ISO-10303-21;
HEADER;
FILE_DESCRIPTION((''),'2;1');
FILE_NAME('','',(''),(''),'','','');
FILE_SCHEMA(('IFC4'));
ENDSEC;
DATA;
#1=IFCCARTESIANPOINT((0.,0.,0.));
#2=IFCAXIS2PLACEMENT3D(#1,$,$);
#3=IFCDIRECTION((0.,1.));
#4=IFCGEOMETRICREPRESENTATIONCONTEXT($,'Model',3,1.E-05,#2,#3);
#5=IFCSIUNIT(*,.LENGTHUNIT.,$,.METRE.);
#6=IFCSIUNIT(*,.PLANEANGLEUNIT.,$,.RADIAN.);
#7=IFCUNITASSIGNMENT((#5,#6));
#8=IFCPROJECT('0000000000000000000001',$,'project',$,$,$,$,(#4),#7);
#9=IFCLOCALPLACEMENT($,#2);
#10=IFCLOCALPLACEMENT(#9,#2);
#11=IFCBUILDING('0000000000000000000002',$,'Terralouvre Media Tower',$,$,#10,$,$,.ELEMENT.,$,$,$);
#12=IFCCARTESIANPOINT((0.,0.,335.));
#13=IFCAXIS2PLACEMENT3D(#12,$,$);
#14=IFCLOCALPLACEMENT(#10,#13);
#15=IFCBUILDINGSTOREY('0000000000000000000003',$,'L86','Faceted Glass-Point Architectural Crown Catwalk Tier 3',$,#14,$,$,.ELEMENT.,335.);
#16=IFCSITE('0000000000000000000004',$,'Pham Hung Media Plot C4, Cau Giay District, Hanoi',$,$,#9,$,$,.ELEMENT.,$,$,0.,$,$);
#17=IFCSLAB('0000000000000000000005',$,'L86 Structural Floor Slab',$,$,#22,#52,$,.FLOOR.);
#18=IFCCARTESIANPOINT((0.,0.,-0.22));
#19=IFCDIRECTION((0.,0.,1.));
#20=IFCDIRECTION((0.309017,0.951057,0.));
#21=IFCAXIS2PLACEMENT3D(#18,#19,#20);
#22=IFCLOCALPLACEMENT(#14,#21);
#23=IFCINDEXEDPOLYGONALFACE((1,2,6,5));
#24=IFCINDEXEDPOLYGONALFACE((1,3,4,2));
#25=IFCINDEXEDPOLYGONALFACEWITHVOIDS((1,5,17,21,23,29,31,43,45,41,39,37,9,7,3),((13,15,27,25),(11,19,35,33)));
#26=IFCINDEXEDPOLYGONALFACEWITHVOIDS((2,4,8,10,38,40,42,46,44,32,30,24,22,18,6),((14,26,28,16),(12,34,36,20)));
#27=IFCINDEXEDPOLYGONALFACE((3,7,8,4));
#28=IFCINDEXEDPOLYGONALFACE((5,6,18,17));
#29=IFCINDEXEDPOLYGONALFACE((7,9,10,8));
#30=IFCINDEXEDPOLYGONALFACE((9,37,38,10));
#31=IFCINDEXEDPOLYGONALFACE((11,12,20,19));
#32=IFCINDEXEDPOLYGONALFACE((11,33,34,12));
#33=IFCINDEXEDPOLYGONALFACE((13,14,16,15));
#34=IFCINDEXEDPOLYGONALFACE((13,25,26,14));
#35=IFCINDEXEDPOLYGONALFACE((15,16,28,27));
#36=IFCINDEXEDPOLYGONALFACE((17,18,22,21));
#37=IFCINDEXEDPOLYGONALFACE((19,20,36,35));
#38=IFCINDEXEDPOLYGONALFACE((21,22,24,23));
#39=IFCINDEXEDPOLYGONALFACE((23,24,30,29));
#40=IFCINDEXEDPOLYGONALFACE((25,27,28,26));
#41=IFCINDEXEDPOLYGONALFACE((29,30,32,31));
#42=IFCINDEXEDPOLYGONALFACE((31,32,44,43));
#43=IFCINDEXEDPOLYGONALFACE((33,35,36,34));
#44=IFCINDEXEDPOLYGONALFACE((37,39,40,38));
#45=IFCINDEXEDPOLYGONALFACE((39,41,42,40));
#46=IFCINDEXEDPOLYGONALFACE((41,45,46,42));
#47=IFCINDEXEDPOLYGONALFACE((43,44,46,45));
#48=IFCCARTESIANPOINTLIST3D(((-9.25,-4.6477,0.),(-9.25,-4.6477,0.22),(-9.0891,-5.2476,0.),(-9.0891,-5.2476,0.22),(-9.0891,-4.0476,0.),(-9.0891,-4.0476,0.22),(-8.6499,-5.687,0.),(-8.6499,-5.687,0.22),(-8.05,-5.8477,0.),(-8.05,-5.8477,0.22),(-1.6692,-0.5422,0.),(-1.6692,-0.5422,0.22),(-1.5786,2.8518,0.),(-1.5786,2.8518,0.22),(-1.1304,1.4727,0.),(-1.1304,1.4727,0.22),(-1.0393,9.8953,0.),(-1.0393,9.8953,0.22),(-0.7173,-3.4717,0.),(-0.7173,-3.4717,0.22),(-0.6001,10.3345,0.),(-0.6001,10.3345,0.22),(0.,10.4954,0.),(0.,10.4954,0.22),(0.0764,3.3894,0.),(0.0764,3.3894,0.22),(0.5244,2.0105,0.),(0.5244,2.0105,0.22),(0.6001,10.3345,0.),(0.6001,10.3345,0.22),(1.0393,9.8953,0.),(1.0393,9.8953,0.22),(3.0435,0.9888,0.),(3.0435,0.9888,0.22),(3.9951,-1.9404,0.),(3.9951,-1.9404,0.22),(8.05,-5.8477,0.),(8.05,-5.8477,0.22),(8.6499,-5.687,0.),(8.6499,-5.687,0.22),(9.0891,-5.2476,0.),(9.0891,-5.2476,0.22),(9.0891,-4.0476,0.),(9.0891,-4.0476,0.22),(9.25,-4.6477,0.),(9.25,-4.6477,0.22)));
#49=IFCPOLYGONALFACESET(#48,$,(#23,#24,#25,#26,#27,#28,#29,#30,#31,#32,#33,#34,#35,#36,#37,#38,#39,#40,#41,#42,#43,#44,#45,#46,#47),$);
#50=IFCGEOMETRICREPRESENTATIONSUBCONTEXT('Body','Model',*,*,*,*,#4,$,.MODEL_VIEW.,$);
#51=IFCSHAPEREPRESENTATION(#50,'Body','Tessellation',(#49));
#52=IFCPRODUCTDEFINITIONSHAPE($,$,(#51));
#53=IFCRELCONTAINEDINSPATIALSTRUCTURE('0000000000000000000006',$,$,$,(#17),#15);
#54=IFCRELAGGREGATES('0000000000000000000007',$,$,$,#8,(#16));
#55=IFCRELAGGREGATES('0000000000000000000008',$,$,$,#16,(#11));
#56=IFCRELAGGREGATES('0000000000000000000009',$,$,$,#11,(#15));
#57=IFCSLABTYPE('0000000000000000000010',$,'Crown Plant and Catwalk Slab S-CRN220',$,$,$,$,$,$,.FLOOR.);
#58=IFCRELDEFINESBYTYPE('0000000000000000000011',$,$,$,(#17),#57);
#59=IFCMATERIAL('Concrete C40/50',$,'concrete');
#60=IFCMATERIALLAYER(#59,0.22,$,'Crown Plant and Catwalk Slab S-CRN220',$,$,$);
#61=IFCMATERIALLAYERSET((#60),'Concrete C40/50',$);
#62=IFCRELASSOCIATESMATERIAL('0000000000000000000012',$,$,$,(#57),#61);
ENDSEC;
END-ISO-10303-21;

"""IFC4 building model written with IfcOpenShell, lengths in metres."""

from ifc_helpers import new_model, si_unit, direction, frame, origin, place, context, subcontext, project, spatial, polyline, outline, extrude, material, layer, layer_set, type_object, element, save


model = new_model("IFC4")

# Units and contexts
model_context = context("Model", 3, precision=1e-05, world=origin(), true_north=direction((0.0, 1.0)))
body_context = subcontext(model_context, "Body", "Model", "MODEL_VIEW")
ifc_project = project(units=[si_unit("LENGTHUNIT", "METRE"), si_unit("PLANEANGLEUNIT", "RADIAN")], contexts=[model_context])

# Site, building, storey
site_placement = place(None, origin())
site = spatial("IfcSite", under=ifc_project, at=site_placement, Name="Pham Hung Media Plot C4, Cau Giay District, Hanoi", CompositionType="ELEMENT", RefElevation=0.0)
building_placement = place(site_placement, origin())
building = spatial("IfcBuilding", under=site, at=building_placement, Name="Terralouvre Media Tower", CompositionType="ELEMENT")
storey_placement = place(building_placement, frame((0.0, 0.0, 335.0)))
storey = spatial("IfcBuildingStorey", under=building, at=storey_placement, Name="L86", Description="Faceted Glass-Point Architectural Crown Catwalk Tier 3", CompositionType="ELEMENT", Elevation=335.0)

# Slab
ifc_material_1 = material(Name="Concrete C40/50", Category="concrete")
ifc_layer_1 = layer(ifc_material_1, 0.22, Name="Crown Plant and Catwalk Slab S-CRN220")
ifc_layer_set_1 = layer_set([ifc_layer_1], Name="Concrete C40/50")
slab_type_1 = type_object("IfcSlabType", Name="Crown Plant and Catwalk Slab S-CRN220", PredefinedType="FLOOR", material=ifc_layer_set_1)
slab_1_placement = place(storey_placement, frame((0.0, 0.0, -0.22), z_axis=(0.0, 0.0, 1.0), x_axis=(0.309017, 0.951057, 0.0)))
element("IfcSlab", 1, at=slab_1_placement, inside=storey, type_object=slab_type_1, Name="L86 Structural Floor Slab", PredefinedType="FLOOR", context=body_context, shape_type="SweptSolid", body=[
    extrude(outline(polyline([(-9.0891, -4.0476), (-9.25, -4.6477), (-9.0891, -5.2476), (-8.6499, -5.687), (-8.05, -5.8477), (8.05, -5.8477), (8.6499, -5.687), (9.0891, -5.2476), (9.25, -4.6477), (9.0891, -4.0476), (1.0393, 9.8953), (0.6001, 10.3345), (0.0, 10.4954), (-0.6001, 10.3345), (-1.0393, 9.8953), (-9.0891, -4.0476)]), holes=[polyline([(-1.5786, 2.8518), (0.0764, 3.3894), (0.5244, 2.0105), (-1.1304, 1.4727), (-1.5786, 2.8518)]), polyline([(-1.6692, -0.5422), (3.0435, 0.9888), (3.9951, -1.9404), (-0.7173, -3.4717), (-1.6692, -0.5422)])]), origin(), (0.0, 0.0, 1.0), 0.22),
])

save(model, "model.ifc")
